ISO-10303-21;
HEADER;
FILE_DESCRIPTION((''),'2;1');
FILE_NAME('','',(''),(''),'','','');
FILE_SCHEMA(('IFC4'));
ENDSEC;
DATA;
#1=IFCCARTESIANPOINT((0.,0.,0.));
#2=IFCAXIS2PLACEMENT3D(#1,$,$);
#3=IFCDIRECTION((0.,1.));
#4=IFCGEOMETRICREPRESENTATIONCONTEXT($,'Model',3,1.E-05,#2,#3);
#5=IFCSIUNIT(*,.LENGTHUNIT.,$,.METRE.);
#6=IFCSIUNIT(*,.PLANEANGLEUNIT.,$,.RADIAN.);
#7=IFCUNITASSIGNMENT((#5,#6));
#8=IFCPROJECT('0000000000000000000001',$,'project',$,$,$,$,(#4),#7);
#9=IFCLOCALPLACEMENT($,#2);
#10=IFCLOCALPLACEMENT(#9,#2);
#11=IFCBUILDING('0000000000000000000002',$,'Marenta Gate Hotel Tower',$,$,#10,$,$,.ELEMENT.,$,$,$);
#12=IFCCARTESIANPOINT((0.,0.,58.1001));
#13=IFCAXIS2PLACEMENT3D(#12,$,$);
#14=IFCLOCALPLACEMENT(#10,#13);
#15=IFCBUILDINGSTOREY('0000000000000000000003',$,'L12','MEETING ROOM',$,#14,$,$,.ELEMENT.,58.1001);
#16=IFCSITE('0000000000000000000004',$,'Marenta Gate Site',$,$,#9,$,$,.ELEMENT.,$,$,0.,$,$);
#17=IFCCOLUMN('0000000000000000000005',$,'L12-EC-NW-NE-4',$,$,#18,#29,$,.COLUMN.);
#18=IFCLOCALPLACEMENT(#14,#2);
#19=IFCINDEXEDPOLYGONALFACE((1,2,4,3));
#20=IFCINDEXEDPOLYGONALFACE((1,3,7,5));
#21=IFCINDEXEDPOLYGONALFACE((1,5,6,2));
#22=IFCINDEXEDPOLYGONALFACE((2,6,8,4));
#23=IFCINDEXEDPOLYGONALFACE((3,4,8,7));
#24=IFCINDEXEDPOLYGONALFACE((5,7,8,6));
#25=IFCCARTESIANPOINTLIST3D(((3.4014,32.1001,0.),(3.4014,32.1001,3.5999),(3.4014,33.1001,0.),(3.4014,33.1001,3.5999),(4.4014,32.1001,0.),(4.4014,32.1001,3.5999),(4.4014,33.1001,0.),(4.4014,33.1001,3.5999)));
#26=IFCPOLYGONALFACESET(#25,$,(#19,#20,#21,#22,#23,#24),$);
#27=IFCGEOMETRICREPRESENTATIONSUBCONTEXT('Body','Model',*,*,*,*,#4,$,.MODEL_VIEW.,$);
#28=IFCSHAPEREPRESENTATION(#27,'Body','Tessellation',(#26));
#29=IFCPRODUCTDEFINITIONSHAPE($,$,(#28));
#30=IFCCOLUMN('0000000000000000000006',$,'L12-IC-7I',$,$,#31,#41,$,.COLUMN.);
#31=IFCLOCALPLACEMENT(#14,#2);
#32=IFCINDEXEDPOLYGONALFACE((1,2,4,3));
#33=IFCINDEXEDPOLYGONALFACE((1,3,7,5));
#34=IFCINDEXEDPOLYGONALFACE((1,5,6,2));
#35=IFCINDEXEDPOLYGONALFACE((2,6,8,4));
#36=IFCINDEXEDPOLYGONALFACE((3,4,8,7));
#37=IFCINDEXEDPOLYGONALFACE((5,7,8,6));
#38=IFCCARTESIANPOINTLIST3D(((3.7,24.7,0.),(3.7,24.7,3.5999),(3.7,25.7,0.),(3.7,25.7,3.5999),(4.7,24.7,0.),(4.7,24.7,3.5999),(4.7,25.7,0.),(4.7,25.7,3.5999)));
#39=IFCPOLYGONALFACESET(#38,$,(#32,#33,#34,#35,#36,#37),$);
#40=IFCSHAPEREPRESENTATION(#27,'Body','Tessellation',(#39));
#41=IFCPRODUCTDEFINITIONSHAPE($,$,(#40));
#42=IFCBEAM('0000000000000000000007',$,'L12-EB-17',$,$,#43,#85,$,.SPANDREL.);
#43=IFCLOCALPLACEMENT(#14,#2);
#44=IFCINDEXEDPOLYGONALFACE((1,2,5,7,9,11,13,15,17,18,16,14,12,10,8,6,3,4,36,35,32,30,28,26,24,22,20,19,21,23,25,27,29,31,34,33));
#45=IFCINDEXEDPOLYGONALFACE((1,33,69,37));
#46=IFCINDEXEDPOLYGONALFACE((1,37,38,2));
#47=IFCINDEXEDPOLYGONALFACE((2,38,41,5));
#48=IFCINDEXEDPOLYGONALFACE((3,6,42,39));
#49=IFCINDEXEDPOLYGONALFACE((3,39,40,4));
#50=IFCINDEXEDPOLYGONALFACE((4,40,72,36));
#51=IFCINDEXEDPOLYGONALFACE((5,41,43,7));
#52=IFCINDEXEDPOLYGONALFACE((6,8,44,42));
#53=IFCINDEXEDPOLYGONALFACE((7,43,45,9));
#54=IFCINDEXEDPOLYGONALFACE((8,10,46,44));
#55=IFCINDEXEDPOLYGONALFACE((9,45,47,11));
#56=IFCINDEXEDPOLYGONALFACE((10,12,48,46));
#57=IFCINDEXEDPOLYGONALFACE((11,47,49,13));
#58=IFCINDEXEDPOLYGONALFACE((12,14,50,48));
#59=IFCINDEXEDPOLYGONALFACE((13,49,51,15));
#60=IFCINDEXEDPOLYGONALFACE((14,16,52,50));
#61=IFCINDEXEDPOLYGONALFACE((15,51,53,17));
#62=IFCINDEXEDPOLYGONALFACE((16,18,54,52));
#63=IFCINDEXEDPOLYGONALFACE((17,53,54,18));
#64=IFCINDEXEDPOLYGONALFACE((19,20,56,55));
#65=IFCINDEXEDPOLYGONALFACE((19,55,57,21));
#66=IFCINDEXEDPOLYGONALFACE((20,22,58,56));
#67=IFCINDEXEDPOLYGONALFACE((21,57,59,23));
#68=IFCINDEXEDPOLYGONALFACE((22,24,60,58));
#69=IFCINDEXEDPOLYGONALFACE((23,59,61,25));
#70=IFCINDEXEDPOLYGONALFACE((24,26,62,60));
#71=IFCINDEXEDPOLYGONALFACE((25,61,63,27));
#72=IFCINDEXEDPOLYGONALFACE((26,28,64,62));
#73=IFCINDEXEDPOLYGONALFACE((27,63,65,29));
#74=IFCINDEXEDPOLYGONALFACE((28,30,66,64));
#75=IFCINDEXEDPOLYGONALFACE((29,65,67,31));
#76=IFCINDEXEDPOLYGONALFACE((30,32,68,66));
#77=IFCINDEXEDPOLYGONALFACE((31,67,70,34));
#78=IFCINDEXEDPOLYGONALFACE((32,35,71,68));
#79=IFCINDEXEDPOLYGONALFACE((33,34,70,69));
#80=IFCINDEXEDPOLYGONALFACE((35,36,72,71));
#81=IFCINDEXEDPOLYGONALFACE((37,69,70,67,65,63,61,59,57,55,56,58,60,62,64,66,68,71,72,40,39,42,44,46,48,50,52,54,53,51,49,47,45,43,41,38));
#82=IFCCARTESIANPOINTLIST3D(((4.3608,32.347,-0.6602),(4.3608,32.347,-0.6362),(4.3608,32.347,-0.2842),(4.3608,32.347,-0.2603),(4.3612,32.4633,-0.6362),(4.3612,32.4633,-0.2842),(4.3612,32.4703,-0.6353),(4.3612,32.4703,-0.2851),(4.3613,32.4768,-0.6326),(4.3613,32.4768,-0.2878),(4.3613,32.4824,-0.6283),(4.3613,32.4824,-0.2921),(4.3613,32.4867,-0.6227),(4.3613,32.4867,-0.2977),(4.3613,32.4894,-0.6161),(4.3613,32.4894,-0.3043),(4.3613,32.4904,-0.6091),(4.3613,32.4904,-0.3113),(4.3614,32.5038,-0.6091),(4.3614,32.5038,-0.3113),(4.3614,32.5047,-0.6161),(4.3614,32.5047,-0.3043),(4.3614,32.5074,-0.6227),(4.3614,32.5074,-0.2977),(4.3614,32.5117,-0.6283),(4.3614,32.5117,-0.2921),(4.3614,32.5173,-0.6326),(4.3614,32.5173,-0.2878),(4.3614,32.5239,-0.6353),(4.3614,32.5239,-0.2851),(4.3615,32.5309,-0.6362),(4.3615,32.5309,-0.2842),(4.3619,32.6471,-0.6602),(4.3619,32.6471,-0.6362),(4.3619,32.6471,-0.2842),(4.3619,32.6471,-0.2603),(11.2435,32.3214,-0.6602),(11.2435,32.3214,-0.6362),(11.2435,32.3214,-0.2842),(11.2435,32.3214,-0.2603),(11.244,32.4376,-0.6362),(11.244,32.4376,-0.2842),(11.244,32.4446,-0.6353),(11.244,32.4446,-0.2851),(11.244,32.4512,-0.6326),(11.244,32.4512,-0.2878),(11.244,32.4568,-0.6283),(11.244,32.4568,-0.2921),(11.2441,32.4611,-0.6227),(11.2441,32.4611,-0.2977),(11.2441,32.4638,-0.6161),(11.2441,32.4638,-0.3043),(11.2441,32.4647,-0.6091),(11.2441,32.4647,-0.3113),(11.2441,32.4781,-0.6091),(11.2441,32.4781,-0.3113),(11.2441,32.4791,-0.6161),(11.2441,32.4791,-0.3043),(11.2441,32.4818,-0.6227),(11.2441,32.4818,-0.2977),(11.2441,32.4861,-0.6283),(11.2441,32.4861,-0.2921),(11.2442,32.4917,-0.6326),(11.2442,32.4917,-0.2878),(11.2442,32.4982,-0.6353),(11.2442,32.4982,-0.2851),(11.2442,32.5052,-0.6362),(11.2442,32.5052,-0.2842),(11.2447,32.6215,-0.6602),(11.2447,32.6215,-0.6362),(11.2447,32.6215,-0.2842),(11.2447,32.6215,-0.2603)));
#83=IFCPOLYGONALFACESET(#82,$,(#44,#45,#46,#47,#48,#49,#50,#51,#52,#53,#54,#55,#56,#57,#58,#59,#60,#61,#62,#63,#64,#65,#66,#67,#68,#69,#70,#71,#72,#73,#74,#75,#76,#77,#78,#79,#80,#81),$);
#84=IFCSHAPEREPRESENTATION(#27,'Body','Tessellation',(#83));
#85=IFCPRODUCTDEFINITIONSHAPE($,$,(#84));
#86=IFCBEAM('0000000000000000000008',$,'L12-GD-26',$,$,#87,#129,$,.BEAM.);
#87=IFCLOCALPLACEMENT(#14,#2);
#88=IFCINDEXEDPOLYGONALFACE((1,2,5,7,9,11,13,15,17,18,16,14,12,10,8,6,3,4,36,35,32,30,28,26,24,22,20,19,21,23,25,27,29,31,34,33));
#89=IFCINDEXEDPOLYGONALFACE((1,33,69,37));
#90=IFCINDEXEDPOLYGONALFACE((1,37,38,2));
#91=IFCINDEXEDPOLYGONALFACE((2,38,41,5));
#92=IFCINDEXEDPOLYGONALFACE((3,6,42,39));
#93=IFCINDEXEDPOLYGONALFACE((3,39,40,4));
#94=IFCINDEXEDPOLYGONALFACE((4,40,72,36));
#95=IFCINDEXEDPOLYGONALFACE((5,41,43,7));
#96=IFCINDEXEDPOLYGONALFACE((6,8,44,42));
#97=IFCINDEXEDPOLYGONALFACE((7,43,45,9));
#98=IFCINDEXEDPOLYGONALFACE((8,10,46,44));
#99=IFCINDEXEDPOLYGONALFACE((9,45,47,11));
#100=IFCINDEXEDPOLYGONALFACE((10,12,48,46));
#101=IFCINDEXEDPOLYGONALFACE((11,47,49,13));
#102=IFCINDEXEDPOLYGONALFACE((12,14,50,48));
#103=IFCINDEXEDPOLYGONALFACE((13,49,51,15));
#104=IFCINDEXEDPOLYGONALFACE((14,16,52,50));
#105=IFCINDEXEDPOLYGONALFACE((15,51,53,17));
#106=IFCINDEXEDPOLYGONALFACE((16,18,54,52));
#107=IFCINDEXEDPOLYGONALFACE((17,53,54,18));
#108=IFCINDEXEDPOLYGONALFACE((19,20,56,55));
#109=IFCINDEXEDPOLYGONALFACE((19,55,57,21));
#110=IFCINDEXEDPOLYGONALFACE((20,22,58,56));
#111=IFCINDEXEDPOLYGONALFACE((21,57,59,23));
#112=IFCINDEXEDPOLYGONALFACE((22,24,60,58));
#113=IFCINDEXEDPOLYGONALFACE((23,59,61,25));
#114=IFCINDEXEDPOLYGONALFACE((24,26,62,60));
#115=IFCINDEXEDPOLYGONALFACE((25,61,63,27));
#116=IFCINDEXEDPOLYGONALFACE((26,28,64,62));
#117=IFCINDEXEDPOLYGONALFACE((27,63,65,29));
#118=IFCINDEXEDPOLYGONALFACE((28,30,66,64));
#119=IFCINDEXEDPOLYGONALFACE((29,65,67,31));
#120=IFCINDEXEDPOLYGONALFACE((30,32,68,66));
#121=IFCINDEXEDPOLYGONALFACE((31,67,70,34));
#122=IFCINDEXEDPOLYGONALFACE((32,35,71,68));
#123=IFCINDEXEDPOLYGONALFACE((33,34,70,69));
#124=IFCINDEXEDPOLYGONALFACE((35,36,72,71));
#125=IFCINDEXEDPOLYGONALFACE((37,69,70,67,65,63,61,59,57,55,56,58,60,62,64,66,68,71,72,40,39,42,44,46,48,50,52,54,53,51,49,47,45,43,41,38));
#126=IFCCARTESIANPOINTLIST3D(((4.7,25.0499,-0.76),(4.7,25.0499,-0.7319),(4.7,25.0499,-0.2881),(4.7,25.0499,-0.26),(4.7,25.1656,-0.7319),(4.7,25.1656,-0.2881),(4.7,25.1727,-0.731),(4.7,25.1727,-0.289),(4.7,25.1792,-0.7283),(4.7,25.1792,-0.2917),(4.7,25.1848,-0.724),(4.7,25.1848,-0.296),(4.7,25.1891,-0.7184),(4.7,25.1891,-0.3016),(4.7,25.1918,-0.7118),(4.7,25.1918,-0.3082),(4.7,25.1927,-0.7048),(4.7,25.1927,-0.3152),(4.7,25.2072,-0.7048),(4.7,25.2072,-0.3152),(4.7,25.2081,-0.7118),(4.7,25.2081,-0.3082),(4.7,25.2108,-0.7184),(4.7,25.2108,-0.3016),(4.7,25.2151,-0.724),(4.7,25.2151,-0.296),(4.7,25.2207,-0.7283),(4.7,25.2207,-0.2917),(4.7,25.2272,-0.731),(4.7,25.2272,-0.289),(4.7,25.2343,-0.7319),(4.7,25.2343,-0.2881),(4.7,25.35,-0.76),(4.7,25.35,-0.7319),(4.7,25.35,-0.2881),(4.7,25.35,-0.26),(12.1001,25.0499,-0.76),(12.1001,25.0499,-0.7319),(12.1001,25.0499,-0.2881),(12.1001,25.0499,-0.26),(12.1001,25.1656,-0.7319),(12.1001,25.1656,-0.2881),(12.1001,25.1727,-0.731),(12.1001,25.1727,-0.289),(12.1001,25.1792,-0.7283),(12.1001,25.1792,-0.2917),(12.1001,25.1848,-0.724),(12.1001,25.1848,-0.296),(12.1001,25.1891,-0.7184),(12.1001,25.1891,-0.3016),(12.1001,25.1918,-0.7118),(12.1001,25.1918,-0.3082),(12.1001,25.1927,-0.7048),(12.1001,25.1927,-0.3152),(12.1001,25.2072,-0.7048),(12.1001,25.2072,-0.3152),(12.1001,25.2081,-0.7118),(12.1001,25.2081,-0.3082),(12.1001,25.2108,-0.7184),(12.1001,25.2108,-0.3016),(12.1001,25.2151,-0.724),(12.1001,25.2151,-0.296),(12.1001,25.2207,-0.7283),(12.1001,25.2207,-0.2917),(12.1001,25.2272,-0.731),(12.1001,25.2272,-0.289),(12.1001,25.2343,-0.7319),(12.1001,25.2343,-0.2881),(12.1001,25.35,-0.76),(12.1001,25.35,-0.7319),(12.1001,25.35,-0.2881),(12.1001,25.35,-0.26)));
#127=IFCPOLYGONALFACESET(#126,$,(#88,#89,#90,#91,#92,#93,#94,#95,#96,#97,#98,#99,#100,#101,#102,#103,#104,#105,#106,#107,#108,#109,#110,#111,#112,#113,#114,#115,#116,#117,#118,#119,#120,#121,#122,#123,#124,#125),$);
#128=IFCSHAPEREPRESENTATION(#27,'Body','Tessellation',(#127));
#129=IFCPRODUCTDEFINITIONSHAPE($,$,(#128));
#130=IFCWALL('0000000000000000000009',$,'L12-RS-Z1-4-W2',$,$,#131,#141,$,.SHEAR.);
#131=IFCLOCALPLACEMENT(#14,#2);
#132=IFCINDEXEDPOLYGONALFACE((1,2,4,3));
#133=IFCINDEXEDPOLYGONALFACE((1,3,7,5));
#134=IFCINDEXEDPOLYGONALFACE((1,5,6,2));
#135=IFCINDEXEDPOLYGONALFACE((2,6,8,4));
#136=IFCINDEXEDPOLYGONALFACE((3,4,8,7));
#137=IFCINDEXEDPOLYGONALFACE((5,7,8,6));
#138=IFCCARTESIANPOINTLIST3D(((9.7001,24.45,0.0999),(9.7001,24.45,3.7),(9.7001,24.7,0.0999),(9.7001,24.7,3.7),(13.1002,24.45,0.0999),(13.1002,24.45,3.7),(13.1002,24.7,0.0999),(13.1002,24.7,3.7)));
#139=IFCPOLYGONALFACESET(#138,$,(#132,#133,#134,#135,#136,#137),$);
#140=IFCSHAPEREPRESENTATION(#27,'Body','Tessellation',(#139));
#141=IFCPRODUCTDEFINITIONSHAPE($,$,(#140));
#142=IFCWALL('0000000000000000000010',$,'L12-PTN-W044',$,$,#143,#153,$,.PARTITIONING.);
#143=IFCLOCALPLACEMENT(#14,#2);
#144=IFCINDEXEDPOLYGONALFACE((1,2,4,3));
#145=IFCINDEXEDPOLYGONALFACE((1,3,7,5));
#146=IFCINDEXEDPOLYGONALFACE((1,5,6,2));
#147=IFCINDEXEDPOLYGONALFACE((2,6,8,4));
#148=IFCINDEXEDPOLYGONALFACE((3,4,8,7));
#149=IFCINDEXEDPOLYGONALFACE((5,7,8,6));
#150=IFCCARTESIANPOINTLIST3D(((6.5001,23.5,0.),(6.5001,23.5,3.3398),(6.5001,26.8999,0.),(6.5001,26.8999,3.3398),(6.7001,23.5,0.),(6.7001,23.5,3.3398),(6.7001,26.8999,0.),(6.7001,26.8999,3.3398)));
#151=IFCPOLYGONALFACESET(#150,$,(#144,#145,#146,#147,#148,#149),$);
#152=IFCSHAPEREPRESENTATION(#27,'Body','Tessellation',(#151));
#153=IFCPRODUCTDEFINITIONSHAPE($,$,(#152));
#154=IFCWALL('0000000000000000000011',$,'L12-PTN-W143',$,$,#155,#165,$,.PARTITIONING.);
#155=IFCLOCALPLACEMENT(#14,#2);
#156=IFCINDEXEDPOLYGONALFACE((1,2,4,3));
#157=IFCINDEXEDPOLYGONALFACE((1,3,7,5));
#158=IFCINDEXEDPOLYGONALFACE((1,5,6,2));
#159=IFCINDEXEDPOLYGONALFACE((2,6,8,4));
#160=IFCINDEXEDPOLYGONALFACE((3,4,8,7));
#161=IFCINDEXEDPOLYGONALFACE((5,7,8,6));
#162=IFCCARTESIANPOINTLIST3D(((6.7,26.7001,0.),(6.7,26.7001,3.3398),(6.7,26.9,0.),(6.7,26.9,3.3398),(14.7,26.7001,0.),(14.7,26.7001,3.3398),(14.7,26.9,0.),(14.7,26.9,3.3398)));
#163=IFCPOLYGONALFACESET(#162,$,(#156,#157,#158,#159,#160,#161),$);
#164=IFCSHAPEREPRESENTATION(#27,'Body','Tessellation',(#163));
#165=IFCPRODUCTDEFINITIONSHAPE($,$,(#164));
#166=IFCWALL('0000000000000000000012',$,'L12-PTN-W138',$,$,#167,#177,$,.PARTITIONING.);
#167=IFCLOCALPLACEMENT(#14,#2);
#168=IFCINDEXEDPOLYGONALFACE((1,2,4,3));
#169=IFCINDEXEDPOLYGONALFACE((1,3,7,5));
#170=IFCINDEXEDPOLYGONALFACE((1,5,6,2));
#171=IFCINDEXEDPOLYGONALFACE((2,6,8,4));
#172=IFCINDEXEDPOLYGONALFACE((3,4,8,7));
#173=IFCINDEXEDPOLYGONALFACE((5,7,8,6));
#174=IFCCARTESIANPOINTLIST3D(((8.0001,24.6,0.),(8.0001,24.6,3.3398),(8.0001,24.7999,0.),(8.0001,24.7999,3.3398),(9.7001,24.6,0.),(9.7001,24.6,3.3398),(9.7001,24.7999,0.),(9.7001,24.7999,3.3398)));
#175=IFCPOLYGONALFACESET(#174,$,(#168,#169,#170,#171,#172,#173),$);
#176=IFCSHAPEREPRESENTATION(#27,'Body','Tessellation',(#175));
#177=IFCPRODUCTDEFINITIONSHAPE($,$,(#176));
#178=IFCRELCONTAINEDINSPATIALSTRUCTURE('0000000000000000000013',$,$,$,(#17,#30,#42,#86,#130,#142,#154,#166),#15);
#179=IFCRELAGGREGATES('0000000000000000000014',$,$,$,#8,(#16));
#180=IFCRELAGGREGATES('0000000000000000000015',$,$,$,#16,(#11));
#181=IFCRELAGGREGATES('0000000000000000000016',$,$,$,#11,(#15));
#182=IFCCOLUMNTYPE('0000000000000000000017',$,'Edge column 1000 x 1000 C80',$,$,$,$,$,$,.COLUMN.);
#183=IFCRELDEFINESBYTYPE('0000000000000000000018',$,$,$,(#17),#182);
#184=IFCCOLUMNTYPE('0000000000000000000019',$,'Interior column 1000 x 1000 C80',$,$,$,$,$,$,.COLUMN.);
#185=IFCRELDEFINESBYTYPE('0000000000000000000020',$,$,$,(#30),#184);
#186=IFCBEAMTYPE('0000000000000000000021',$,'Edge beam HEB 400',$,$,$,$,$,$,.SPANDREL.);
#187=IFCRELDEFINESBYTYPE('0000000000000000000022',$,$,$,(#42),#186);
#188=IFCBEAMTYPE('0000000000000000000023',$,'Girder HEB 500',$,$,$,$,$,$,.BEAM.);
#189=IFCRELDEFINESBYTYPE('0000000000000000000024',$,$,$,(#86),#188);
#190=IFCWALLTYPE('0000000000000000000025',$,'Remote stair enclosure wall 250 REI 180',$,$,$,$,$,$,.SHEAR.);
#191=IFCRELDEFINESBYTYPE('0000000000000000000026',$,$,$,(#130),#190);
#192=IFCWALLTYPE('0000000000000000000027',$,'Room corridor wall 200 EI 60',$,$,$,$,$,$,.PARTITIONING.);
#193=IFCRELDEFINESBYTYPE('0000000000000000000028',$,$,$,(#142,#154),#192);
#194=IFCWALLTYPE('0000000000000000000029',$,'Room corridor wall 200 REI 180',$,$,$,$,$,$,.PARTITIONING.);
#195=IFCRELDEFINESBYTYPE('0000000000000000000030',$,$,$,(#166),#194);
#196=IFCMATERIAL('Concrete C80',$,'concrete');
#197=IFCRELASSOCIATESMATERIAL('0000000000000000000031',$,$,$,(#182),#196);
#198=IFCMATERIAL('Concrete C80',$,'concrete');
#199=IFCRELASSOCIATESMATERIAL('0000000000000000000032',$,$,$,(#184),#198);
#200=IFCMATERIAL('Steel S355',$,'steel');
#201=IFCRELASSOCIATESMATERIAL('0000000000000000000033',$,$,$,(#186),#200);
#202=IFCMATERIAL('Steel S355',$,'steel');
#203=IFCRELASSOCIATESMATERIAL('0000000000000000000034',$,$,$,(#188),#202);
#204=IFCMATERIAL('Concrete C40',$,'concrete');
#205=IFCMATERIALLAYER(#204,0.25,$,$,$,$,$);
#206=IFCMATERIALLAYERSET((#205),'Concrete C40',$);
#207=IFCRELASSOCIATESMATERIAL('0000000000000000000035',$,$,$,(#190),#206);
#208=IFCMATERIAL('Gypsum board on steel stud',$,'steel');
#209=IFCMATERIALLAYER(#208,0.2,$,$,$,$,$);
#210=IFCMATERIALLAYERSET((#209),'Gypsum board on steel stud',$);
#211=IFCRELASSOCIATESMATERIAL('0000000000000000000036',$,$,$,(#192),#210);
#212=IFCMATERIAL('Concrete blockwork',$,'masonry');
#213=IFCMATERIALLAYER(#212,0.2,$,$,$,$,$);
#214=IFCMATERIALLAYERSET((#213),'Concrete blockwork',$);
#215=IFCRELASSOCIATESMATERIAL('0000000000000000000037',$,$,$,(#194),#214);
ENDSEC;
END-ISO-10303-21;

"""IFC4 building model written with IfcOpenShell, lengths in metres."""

from ifc_helpers import new_model, si_unit, direction, frame, frame_2d, origin, origin_2d, place, context, subcontext, project, spatial, rectangle, i_section, extrude, material, layer, layer_set, material_profile, profile_set, type_object, element, save


model = new_model("IFC4")

# Units and contexts
model_context = context("Model", 3, precision=1e-05, world=origin(), true_north=direction((0.0, 1.0)))
body_context = subcontext(model_context, "Body", "Model", "MODEL_VIEW")
ifc_project = project(units=[si_unit("LENGTHUNIT", "METRE"), si_unit("PLANEANGLEUNIT", "RADIAN")], contexts=[model_context])

# Site, building, storey
site_placement = place(None, origin())
site = spatial("IfcSite", under=ifc_project, at=site_placement, Name="Marenta Gate Site", CompositionType="ELEMENT", RefElevation=0.0)
building_placement = place(site_placement, origin())
building = spatial("IfcBuilding", under=site, at=building_placement, Name="Marenta Gate Hotel Tower", CompositionType="ELEMENT")
storey_placement = place(building_placement, frame((0.0, 0.0, 58.1001)))
storey = spatial("IfcBuildingStorey", under=building, at=storey_placement, Name="L12", Description="MEETING ROOM", CompositionType="ELEMENT", Elevation=58.1001)

# Columns
ifc_material_1 = material(Name="Concrete C80", Category="concrete")
ifc_material_profile_1 = material_profile(ifc_material_1, rectangle(XDim=1.0, YDim=1.0, at=origin_2d()), Name="1000 x 1000")
ifc_profile_set_1 = profile_set([ifc_material_profile_1], Name="Concrete C80")
column_type_1 = type_object("IfcColumnType", Name="Edge column 1000 x 1000 C80", PredefinedType="COLUMN", material=ifc_profile_set_1)
column_1_placement = place(storey_placement, frame((3.9014, 32.6001, 0.0), z_axis=(0.0, 0.0, 1.0), x_axis=(1.0, 0.0, 0.0)))
element("IfcColumn", 1, at=column_1_placement, inside=storey, type_object=column_type_1, Name="L12-EC-NW-NE-4", PredefinedType="COLUMN", context=body_context, shape_type="SweptSolid", body=[
    extrude(rectangle(XDim=1.0, YDim=1.0, at=origin_2d()), origin(), (0.0, 0.0, 1.0), 3.5999),
])
ifc_material_2 = material(Name="Concrete C80", Category="concrete")
ifc_material_profile_2 = material_profile(ifc_material_2, rectangle(XDim=1.0, YDim=1.0, at=origin_2d()), Name="1000 x 1000")
ifc_profile_set_2 = profile_set([ifc_material_profile_2], Name="Concrete C80")
column_type_2 = type_object("IfcColumnType", Name="Interior column 1000 x 1000 C80", PredefinedType="COLUMN", material=ifc_profile_set_2)
column_2_placement = place(storey_placement, frame((4.2, 25.2, 0.0), z_axis=(0.0, 0.0, 1.0), x_axis=(1.0, 0.0, 0.0)))
element("IfcColumn", 2, at=column_2_placement, inside=storey, type_object=column_type_2, Name="L12-IC-7I", PredefinedType="COLUMN", context=body_context, shape_type="SweptSolid", body=[
    extrude(rectangle(XDim=1.0, YDim=1.0, at=origin_2d()), origin(), (0.0, 0.0, 1.0), 3.5999),
])

# Beams
ifc_material_3 = material(Name="Steel S355", Category="steel")
ifc_material_profile_3 = material_profile(ifc_material_3, i_section(OverallWidth=0.3, OverallDepth=0.3999, WebThickness=0.0134, FlangeThickness=0.0239, FilletRadius=0.0271, at=origin_2d()), Name="HEB 400")
ifc_profile_set_3 = profile_set([ifc_material_profile_3], Name="Steel S355")
beam_type_1 = type_object("IfcBeamType", Name="Edge beam HEB 400", PredefinedType="SPANDREL", material=ifc_profile_set_3)
beam_1_placement = place(storey_placement, frame((4.3613, 32.4971, -0.4602), z_axis=(0.999993, -0.003724, 0.0), x_axis=(0.003724, 0.999993, 0.0)))
element("IfcBeam", 3, at=beam_1_placement, inside=storey, type_object=beam_type_1, Name="L12-EB-17", PredefinedType="SPANDREL", context=body_context, shape_type="SweptSolid", body=[
    extrude(i_section(OverallWidth=0.3, OverallDepth=0.3999, WebThickness=0.0134, FlangeThickness=0.0239, FilletRadius=0.0271, at=origin_2d()), origin(), (0.0, 0.0, 1.0), 6.8828),
])
ifc_material_4 = material(Name="Steel S355", Category="steel")
ifc_material_profile_4 = material_profile(ifc_material_4, i_section(OverallWidth=0.3, OverallDepth=0.5, WebThickness=0.0144, FlangeThickness=0.0281, FilletRadius=0.0271, at=origin_2d()), Name="HEB 500")
ifc_profile_set_4 = profile_set([ifc_material_profile_4], Name="Steel S355")
beam_type_2 = type_object("IfcBeamType", Name="Girder HEB 500", PredefinedType="BEAM", material=ifc_profile_set_4)
beam_2_placement = place(storey_placement, frame((4.7, 25.2, -0.51), z_axis=(1.0, 0.0, 0.0), x_axis=(0.0, 1.0, 0.0)))
element("IfcBeam", 4, at=beam_2_placement, inside=storey, type_object=beam_type_2, Name="L12-GD-26", PredefinedType="BEAM", context=body_context, shape_type="SweptSolid", body=[
    extrude(i_section(OverallWidth=0.3, OverallDepth=0.5, WebThickness=0.0144, FlangeThickness=0.0281, FilletRadius=0.0271, at=origin_2d()), origin(), (0.0, 0.0, 1.0), 7.4001),
])

# Walls
ifc_material_5 = material(Name="Concrete C40", Category="concrete")
ifc_layer_1 = layer(ifc_material_5, 0.25)
ifc_layer_set_1 = layer_set([ifc_layer_1], Name="Concrete C40")
wall_type_1 = type_object("IfcWallType", Name="Remote stair enclosure wall 250 REI 180", PredefinedType="SHEAR", material=ifc_layer_set_1)
wall_1_placement = place(storey_placement, frame((9.7, 24.575, 0.0999), z_axis=(0.0, 0.0, 1.0), x_axis=(1.0, 0.0, 0.0)))
element("IfcWall", 5, at=wall_1_placement, inside=storey, type_object=wall_type_1, Name="L12-RS-Z1-4-W2", PredefinedType="SHEAR", context=body_context, shape_type="SweptSolid", body=[
    extrude(rectangle(XDim=3.4001, YDim=0.25, at=frame_2d((1.7002, 0.0))), origin(), (0.0, 0.0, 1.0), 3.6001),
])
ifc_material_6 = material(Name="Gypsum board on steel stud", Category="steel")
ifc_layer_2 = layer(ifc_material_6, 0.2)
ifc_layer_set_2 = layer_set([ifc_layer_2], Name="Gypsum board on steel stud")
wall_type_2 = type_object("IfcWallType", Name="Room corridor wall 200 EI 60", PredefinedType="PARTITIONING", material=ifc_layer_set_2)
wall_2_placement = place(storey_placement, frame((6.6001, 23.5, 0.0), z_axis=(0.0, 0.0, 1.0), x_axis=(0.0, 1.0, 0.0)))
element("IfcWall", 6, at=wall_2_placement, inside=storey, type_object=wall_type_2, Name="L12-PTN-W044", PredefinedType="PARTITIONING", context=body_context, shape_type="SweptSolid", body=[
    extrude(rectangle(XDim=3.3999, YDim=0.2, at=frame_2d((1.7, 0.0))), origin(), (0.0, 0.0, 1.0), 3.3398),
])
wall_3_placement = place(storey_placement, frame((6.7, 26.8, 0.0), z_axis=(0.0, 0.0, 1.0), x_axis=(1.0, 0.0, 0.0)))
element("IfcWall", 7, at=wall_3_placement, inside=storey, type_object=wall_type_2, Name="L12-PTN-W143", PredefinedType="PARTITIONING", context=body_context, shape_type="SweptSolid", body=[
    extrude(rectangle(XDim=8.0, YDim=0.2, at=frame_2d((4.0, 0.0))), origin(), (0.0, 0.0, 1.0), 3.3398),
])

# Shared definitions
ifc_material_7 = material(Name="Concrete blockwork", Category="masonry")
ifc_layer_3 = layer(ifc_material_7, 0.2)
ifc_layer_set_3 = layer_set([ifc_layer_3], Name="Concrete blockwork")
wall_type_3 = type_object("IfcWallType", Name="Room corridor wall 200 REI 180", PredefinedType="PARTITIONING", material=ifc_layer_set_3)

# Wall
wall_4_placement = place(storey_placement, frame((8.0, 24.7, 0.0), z_axis=(0.0, 0.0, 1.0), x_axis=(1.0, 0.0, 0.0)))
element("IfcWall", 8, at=wall_4_placement, inside=storey, type_object=wall_type_3, Name="L12-PTN-W138", PredefinedType="PARTITIONING", context=body_context, shape_type="SweptSolid", body=[
    extrude(rectangle(XDim=1.7, YDim=0.2, at=frame_2d((0.8501, 0.0))), origin(), (0.0, 0.0, 1.0), 3.3398),
])

save(model, "model.ifc")
